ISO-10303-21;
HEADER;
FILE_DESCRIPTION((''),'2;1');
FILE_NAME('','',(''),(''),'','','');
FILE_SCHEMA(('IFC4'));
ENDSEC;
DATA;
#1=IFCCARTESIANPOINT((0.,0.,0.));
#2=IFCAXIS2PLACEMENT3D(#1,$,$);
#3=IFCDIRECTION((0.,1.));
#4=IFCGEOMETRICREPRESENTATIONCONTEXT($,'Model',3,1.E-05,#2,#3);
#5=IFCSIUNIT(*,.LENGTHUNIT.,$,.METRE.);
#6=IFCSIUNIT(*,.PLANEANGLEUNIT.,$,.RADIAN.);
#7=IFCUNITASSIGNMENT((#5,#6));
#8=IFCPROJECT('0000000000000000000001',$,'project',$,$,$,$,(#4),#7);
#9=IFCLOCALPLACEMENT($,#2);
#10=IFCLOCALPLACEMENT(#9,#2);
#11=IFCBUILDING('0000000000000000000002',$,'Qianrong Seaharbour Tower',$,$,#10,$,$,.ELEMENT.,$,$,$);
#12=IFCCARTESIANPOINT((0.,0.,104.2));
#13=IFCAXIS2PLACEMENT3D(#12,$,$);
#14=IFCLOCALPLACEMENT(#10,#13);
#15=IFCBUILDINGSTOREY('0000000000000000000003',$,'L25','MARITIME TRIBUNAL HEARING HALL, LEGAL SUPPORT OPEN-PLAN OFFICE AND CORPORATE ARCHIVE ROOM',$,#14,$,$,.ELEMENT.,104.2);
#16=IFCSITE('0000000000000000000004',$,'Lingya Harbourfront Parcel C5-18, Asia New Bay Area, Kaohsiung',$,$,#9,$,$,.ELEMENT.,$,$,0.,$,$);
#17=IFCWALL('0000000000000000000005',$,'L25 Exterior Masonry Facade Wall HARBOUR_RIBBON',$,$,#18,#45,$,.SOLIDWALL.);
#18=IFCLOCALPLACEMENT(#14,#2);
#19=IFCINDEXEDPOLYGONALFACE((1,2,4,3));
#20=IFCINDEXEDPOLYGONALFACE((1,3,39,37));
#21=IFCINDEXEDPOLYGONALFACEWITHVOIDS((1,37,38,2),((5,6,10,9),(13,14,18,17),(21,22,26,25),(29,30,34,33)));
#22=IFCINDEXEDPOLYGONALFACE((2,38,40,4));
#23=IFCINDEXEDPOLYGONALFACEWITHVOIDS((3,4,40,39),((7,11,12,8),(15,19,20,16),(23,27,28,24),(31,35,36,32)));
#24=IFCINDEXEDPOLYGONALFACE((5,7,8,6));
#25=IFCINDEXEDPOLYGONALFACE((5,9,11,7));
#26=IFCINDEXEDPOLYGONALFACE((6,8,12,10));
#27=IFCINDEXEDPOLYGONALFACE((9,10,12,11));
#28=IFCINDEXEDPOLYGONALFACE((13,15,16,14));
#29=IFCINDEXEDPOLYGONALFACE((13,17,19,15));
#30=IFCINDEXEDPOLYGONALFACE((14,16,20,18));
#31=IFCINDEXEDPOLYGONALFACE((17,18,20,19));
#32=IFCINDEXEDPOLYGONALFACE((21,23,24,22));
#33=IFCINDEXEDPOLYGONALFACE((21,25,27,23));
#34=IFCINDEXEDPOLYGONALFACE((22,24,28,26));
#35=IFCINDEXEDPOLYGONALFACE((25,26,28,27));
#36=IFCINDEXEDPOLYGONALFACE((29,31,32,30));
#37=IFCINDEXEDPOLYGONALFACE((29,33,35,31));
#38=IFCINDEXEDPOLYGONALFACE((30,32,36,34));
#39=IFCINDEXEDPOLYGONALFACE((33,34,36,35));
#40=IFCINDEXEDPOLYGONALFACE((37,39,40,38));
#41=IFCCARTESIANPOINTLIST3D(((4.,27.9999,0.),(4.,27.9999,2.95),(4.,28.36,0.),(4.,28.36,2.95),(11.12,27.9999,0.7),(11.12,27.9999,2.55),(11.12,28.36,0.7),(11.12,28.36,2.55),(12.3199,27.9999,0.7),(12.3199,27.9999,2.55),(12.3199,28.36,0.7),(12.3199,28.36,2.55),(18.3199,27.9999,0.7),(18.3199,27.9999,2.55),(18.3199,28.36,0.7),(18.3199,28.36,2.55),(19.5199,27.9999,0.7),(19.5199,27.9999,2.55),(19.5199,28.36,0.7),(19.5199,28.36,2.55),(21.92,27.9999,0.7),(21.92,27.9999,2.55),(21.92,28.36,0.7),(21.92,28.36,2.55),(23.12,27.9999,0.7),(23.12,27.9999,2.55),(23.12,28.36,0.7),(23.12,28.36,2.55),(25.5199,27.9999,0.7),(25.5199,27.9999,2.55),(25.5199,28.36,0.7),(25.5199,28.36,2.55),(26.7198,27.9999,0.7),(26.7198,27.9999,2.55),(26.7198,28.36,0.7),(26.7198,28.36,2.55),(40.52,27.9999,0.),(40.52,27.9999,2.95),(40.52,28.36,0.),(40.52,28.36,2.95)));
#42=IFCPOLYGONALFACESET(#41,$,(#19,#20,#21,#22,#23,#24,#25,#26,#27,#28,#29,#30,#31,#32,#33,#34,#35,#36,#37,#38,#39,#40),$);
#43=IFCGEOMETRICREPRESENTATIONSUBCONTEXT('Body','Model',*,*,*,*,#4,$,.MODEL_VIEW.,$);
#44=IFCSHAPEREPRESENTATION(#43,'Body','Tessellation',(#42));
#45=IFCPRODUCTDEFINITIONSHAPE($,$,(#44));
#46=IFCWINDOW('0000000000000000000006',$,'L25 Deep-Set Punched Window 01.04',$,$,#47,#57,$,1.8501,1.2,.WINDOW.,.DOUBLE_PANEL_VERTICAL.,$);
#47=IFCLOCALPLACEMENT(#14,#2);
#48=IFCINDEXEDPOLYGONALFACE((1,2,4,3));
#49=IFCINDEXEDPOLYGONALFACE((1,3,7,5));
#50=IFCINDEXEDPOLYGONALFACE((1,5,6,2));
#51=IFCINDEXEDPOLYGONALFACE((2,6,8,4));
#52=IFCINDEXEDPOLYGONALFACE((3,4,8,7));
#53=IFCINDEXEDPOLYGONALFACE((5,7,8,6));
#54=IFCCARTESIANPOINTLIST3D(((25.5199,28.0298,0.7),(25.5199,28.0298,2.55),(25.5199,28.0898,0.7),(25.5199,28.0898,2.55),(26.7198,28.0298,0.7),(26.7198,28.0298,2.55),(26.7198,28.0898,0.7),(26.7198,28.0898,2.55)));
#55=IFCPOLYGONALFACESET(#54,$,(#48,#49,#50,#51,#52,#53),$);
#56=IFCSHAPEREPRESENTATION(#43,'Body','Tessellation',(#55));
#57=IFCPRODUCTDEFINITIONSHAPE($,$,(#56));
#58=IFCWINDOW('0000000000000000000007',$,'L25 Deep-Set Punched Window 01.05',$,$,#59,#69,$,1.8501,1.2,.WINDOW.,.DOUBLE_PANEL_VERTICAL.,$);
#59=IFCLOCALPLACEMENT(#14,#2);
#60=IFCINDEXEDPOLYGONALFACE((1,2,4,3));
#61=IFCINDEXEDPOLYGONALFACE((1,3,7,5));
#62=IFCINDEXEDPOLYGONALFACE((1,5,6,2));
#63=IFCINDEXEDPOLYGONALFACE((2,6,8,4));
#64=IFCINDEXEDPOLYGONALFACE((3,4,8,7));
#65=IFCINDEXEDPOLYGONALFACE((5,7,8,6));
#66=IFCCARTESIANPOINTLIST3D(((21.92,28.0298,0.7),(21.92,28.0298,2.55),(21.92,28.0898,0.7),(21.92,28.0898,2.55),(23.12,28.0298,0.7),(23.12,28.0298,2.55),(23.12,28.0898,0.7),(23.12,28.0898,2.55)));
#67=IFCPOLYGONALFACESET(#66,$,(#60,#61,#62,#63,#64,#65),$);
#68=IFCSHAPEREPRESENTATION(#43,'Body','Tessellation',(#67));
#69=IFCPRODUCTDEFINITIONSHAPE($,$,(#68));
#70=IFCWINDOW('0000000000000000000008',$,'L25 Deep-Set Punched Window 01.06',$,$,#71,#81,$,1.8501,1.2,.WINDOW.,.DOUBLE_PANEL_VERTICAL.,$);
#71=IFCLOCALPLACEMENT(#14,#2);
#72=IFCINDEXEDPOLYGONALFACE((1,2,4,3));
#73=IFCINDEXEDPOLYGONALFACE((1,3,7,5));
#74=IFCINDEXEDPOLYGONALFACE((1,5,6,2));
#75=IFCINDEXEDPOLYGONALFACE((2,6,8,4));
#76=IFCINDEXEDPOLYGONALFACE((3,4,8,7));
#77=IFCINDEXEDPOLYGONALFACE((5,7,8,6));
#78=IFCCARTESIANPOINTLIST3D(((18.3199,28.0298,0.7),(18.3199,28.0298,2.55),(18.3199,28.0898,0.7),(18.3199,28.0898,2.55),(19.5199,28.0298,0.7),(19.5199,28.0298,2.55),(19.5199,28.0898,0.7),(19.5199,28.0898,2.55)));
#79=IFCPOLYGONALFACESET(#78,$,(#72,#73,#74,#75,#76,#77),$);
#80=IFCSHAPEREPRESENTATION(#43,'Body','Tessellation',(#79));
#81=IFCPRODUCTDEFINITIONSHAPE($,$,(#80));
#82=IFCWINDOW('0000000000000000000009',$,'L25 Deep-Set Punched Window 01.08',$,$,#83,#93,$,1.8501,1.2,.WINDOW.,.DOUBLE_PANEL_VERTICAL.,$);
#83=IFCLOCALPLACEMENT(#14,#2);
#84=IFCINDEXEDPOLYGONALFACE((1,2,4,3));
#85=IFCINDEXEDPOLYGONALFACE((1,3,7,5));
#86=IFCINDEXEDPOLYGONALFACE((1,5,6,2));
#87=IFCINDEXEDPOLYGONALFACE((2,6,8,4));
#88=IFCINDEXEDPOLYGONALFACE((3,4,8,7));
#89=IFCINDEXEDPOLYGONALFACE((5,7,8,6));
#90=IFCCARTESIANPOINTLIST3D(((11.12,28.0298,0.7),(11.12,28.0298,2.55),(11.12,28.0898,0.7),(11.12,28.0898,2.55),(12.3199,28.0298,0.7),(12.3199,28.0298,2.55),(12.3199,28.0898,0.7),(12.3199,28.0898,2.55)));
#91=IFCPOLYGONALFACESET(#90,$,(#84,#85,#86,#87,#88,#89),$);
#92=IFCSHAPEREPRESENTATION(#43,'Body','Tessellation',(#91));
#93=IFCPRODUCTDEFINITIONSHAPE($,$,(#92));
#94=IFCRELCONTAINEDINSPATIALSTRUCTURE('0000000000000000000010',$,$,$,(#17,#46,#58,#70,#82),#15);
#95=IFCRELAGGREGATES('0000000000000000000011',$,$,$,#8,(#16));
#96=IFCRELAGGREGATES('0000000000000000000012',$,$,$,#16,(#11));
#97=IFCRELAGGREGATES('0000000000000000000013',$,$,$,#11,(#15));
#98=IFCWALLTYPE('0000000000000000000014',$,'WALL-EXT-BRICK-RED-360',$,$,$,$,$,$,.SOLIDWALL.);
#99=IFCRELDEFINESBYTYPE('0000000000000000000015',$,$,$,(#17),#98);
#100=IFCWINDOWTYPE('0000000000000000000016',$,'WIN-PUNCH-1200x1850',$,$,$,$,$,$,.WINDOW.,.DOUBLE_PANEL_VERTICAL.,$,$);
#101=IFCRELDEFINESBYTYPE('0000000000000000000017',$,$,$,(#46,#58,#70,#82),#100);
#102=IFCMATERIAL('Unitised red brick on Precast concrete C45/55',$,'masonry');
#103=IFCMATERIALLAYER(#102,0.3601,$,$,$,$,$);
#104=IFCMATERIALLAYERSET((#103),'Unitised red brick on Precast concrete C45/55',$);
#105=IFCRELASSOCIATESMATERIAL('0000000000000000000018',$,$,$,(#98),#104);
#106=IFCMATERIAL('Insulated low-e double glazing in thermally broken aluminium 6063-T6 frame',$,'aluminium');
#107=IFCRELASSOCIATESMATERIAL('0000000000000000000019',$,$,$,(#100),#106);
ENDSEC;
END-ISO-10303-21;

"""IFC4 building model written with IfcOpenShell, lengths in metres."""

from ifc_helpers import new_model, si_unit, direction, frame, frame_2d, origin, place, context, subcontext, project, spatial, rectangle, extrude, material, layer, layer_set, type_object, element, fill, save


model = new_model("IFC4")

# Units and contexts
model_context = context("Model", 3, precision=1e-05, world=origin(), true_north=direction((0.0, 1.0)))
body_context = subcontext(model_context, "Body", "Model", "MODEL_VIEW")
ifc_project = project(units=[si_unit("LENGTHUNIT", "METRE"), si_unit("PLANEANGLEUNIT", "RADIAN")], contexts=[model_context])

# Site, building, storey
site_placement = place(None, origin())
site = spatial("IfcSite", under=ifc_project, at=site_placement, Name="Lingya Harbourfront Parcel C5-18, Asia New Bay Area, Kaohsiung", CompositionType="ELEMENT", RefElevation=0.0)
building_placement = place(site_placement, origin())
building = spatial("IfcBuilding", under=site, at=building_placement, Name="Qianrong Seaharbour Tower", CompositionType="ELEMENT")
storey_placement = place(building_placement, frame((0.0, 0.0, 104.2)))
storey = spatial("IfcBuildingStorey", under=building, at=storey_placement, Name="L25", Description="MARITIME TRIBUNAL HEARING HALL, LEGAL SUPPORT OPEN-PLAN OFFICE AND CORPORATE ARCHIVE ROOM", CompositionType="ELEMENT", Elevation=104.2)

# Wall, openings, windows
ifc_material_1 = material(Name="Unitised red brick on Precast concrete C45/55", Category="masonry")
ifc_layer_1 = layer(ifc_material_1, 0.3601)
ifc_layer_set_1 = layer_set([ifc_layer_1], Name="Unitised red brick on Precast concrete C45/55")
wall_type_1 = type_object("IfcWallType", Name="WALL-EXT-BRICK-RED-360", PredefinedType="SOLIDWALL", material=ifc_layer_set_1)
wall_1_placement = place(storey_placement, frame((40.52, 28.1799, 0.0), z_axis=(0.0, 0.0, 1.0), x_axis=(-1.0, 0.0, 0.0)))
wall_1 = element("IfcWall", 1, at=wall_1_placement, inside=storey, type_object=wall_type_1, Name="L25 Exterior Masonry Facade Wall HARBOUR_RIBBON", PredefinedType="SOLIDWALL", context=body_context, shape_type="SweptSolid", body=[
    extrude(rectangle(XDim=36.52, YDim=0.3601, at=frame_2d((18.26, 0.0))), origin(), (0.0, 0.0, 1.0), 2.95),
])
opening_1_placement = place(wall_1_placement, frame((13.8, 0.0, 0.7)))
opening_1 = element("IfcOpeningElement", 2, at=opening_1_placement, cuts=wall_1, PredefinedType="OPENING", context=body_context, shape_type="SweptSolid", body=[
    extrude(rectangle(XDim=1.2, YDim=1.8501, at=frame_2d((0.6001, 0.925))), frame((0.0, 0.1899, 0.0), z_axis=(0.0, -1.0, 0.0), x_axis=(1.0, 0.0, 0.0)), (0.0, 0.0, 1.0), 0.3801),
])
opening_2_placement = place(wall_1_placement, frame((17.3999, 0.0, 0.7)))
opening_2 = element("IfcOpeningElement", 3, at=opening_2_placement, cuts=wall_1, PredefinedType="OPENING", context=body_context, shape_type="SweptSolid", body=[
    extrude(rectangle(XDim=1.2, YDim=1.8501, at=frame_2d((0.6001, 0.925))), frame((0.0, 0.1899, 0.0), z_axis=(0.0, -1.0, 0.0), x_axis=(1.0, 0.0, 0.0)), (0.0, 0.0, 1.0), 0.3801),
])
opening_3_placement = place(wall_1_placement, frame((21.0, 0.0, 0.7)))
opening_3 = element("IfcOpeningElement", 4, at=opening_3_placement, cuts=wall_1, PredefinedType="OPENING", context=body_context, shape_type="SweptSolid", body=[
    extrude(rectangle(XDim=1.2, YDim=1.8501, at=frame_2d((0.6001, 0.925))), frame((0.0, 0.1899, 0.0), z_axis=(0.0, -1.0, 0.0), x_axis=(1.0, 0.0, 0.0)), (0.0, 0.0, 1.0), 0.3801),
])
opening_4_placement = place(wall_1_placement, frame((28.2, 0.0, 0.7)))
opening_4 = element("IfcOpeningElement", 5, at=opening_4_placement, cuts=wall_1, PredefinedType="OPENING", context=body_context, shape_type="SweptSolid", body=[
    extrude(rectangle(XDim=1.2, YDim=1.8501, at=frame_2d((0.6001, 0.925))), frame((0.0, 0.1899, 0.0), z_axis=(0.0, -1.0, 0.0), x_axis=(1.0, 0.0, 0.0)), (0.0, 0.0, 1.0), 0.3801),
])
ifc_material_2 = material(Name="Insulated low-e double glazing in thermally broken aluminium 6063-T6 frame", Category="aluminium")
window_type = type_object("IfcWindowType", Name="WIN-PUNCH-1200x1850", PartitioningType="DOUBLE_PANEL_VERTICAL", PredefinedType="WINDOW", material=ifc_material_2)
window_1_placement = place(opening_1_placement, origin())
window_1 = element("IfcWindow", 6, at=window_1_placement, inside=storey, type_object=window_type, Name="L25 Deep-Set Punched Window 01.04", OverallHeight=1.8501, OverallWidth=1.2, PartitioningType="DOUBLE_PANEL_VERTICAL", PredefinedType="WINDOW", context=body_context, shape_type="SweptSolid", body=[
    extrude(rectangle(XDim=1.2, YDim=1.8501, at=frame_2d((0.6001, 0.925))), frame((0.0, 0.1501, 0.0), z_axis=(0.0, -1.0, 0.0), x_axis=(1.0, 0.0, 0.0)), (0.0, 0.0, 1.0), 0.0601),
])
fill(opening_1, window_1)
window_2_placement = place(opening_2_placement, origin())
window_2 = element("IfcWindow", 7, at=window_2_placement, inside=storey, type_object=window_type, Name="L25 Deep-Set Punched Window 01.05", OverallHeight=1.8501, OverallWidth=1.2, PartitioningType="DOUBLE_PANEL_VERTICAL", PredefinedType="WINDOW", context=body_context, shape_type="SweptSolid", body=[
    extrude(rectangle(XDim=1.2, YDim=1.8501, at=frame_2d((0.6001, 0.925))), frame((0.0, 0.1501, 0.0), z_axis=(0.0, -1.0, 0.0), x_axis=(1.0, 0.0, 0.0)), (0.0, 0.0, 1.0), 0.0601),
])
fill(opening_2, window_2)
window_3_placement = place(opening_3_placement, origin())
window_3 = element("IfcWindow", 8, at=window_3_placement, inside=storey, type_object=window_type, Name="L25 Deep-Set Punched Window 01.06", OverallHeight=1.8501, OverallWidth=1.2, PartitioningType="DOUBLE_PANEL_VERTICAL", PredefinedType="WINDOW", context=body_context, shape_type="SweptSolid", body=[
    extrude(rectangle(XDim=1.2, YDim=1.8501, at=frame_2d((0.6001, 0.925))), frame((0.0, 0.1501, 0.0), z_axis=(0.0, -1.0, 0.0), x_axis=(1.0, 0.0, 0.0)), (0.0, 0.0, 1.0), 0.0601),
])
fill(opening_3, window_3)
window_4_placement = place(opening_4_placement, origin())
window_4 = element("IfcWindow", 9, at=window_4_placement, inside=storey, type_object=window_type, Name="L25 Deep-Set Punched Window 01.08", OverallHeight=1.8501, OverallWidth=1.2, PartitioningType="DOUBLE_PANEL_VERTICAL", PredefinedType="WINDOW", context=body_context, shape_type="SweptSolid", body=[
    extrude(rectangle(XDim=1.2, YDim=1.8501, at=frame_2d((0.6001, 0.925))), frame((0.0, 0.1501, 0.0), z_axis=(0.0, -1.0, 0.0), x_axis=(1.0, 0.0, 0.0)), (0.0, 0.0, 1.0), 0.0601),
])
fill(opening_4, window_4)

save(model, "model.ifc")
